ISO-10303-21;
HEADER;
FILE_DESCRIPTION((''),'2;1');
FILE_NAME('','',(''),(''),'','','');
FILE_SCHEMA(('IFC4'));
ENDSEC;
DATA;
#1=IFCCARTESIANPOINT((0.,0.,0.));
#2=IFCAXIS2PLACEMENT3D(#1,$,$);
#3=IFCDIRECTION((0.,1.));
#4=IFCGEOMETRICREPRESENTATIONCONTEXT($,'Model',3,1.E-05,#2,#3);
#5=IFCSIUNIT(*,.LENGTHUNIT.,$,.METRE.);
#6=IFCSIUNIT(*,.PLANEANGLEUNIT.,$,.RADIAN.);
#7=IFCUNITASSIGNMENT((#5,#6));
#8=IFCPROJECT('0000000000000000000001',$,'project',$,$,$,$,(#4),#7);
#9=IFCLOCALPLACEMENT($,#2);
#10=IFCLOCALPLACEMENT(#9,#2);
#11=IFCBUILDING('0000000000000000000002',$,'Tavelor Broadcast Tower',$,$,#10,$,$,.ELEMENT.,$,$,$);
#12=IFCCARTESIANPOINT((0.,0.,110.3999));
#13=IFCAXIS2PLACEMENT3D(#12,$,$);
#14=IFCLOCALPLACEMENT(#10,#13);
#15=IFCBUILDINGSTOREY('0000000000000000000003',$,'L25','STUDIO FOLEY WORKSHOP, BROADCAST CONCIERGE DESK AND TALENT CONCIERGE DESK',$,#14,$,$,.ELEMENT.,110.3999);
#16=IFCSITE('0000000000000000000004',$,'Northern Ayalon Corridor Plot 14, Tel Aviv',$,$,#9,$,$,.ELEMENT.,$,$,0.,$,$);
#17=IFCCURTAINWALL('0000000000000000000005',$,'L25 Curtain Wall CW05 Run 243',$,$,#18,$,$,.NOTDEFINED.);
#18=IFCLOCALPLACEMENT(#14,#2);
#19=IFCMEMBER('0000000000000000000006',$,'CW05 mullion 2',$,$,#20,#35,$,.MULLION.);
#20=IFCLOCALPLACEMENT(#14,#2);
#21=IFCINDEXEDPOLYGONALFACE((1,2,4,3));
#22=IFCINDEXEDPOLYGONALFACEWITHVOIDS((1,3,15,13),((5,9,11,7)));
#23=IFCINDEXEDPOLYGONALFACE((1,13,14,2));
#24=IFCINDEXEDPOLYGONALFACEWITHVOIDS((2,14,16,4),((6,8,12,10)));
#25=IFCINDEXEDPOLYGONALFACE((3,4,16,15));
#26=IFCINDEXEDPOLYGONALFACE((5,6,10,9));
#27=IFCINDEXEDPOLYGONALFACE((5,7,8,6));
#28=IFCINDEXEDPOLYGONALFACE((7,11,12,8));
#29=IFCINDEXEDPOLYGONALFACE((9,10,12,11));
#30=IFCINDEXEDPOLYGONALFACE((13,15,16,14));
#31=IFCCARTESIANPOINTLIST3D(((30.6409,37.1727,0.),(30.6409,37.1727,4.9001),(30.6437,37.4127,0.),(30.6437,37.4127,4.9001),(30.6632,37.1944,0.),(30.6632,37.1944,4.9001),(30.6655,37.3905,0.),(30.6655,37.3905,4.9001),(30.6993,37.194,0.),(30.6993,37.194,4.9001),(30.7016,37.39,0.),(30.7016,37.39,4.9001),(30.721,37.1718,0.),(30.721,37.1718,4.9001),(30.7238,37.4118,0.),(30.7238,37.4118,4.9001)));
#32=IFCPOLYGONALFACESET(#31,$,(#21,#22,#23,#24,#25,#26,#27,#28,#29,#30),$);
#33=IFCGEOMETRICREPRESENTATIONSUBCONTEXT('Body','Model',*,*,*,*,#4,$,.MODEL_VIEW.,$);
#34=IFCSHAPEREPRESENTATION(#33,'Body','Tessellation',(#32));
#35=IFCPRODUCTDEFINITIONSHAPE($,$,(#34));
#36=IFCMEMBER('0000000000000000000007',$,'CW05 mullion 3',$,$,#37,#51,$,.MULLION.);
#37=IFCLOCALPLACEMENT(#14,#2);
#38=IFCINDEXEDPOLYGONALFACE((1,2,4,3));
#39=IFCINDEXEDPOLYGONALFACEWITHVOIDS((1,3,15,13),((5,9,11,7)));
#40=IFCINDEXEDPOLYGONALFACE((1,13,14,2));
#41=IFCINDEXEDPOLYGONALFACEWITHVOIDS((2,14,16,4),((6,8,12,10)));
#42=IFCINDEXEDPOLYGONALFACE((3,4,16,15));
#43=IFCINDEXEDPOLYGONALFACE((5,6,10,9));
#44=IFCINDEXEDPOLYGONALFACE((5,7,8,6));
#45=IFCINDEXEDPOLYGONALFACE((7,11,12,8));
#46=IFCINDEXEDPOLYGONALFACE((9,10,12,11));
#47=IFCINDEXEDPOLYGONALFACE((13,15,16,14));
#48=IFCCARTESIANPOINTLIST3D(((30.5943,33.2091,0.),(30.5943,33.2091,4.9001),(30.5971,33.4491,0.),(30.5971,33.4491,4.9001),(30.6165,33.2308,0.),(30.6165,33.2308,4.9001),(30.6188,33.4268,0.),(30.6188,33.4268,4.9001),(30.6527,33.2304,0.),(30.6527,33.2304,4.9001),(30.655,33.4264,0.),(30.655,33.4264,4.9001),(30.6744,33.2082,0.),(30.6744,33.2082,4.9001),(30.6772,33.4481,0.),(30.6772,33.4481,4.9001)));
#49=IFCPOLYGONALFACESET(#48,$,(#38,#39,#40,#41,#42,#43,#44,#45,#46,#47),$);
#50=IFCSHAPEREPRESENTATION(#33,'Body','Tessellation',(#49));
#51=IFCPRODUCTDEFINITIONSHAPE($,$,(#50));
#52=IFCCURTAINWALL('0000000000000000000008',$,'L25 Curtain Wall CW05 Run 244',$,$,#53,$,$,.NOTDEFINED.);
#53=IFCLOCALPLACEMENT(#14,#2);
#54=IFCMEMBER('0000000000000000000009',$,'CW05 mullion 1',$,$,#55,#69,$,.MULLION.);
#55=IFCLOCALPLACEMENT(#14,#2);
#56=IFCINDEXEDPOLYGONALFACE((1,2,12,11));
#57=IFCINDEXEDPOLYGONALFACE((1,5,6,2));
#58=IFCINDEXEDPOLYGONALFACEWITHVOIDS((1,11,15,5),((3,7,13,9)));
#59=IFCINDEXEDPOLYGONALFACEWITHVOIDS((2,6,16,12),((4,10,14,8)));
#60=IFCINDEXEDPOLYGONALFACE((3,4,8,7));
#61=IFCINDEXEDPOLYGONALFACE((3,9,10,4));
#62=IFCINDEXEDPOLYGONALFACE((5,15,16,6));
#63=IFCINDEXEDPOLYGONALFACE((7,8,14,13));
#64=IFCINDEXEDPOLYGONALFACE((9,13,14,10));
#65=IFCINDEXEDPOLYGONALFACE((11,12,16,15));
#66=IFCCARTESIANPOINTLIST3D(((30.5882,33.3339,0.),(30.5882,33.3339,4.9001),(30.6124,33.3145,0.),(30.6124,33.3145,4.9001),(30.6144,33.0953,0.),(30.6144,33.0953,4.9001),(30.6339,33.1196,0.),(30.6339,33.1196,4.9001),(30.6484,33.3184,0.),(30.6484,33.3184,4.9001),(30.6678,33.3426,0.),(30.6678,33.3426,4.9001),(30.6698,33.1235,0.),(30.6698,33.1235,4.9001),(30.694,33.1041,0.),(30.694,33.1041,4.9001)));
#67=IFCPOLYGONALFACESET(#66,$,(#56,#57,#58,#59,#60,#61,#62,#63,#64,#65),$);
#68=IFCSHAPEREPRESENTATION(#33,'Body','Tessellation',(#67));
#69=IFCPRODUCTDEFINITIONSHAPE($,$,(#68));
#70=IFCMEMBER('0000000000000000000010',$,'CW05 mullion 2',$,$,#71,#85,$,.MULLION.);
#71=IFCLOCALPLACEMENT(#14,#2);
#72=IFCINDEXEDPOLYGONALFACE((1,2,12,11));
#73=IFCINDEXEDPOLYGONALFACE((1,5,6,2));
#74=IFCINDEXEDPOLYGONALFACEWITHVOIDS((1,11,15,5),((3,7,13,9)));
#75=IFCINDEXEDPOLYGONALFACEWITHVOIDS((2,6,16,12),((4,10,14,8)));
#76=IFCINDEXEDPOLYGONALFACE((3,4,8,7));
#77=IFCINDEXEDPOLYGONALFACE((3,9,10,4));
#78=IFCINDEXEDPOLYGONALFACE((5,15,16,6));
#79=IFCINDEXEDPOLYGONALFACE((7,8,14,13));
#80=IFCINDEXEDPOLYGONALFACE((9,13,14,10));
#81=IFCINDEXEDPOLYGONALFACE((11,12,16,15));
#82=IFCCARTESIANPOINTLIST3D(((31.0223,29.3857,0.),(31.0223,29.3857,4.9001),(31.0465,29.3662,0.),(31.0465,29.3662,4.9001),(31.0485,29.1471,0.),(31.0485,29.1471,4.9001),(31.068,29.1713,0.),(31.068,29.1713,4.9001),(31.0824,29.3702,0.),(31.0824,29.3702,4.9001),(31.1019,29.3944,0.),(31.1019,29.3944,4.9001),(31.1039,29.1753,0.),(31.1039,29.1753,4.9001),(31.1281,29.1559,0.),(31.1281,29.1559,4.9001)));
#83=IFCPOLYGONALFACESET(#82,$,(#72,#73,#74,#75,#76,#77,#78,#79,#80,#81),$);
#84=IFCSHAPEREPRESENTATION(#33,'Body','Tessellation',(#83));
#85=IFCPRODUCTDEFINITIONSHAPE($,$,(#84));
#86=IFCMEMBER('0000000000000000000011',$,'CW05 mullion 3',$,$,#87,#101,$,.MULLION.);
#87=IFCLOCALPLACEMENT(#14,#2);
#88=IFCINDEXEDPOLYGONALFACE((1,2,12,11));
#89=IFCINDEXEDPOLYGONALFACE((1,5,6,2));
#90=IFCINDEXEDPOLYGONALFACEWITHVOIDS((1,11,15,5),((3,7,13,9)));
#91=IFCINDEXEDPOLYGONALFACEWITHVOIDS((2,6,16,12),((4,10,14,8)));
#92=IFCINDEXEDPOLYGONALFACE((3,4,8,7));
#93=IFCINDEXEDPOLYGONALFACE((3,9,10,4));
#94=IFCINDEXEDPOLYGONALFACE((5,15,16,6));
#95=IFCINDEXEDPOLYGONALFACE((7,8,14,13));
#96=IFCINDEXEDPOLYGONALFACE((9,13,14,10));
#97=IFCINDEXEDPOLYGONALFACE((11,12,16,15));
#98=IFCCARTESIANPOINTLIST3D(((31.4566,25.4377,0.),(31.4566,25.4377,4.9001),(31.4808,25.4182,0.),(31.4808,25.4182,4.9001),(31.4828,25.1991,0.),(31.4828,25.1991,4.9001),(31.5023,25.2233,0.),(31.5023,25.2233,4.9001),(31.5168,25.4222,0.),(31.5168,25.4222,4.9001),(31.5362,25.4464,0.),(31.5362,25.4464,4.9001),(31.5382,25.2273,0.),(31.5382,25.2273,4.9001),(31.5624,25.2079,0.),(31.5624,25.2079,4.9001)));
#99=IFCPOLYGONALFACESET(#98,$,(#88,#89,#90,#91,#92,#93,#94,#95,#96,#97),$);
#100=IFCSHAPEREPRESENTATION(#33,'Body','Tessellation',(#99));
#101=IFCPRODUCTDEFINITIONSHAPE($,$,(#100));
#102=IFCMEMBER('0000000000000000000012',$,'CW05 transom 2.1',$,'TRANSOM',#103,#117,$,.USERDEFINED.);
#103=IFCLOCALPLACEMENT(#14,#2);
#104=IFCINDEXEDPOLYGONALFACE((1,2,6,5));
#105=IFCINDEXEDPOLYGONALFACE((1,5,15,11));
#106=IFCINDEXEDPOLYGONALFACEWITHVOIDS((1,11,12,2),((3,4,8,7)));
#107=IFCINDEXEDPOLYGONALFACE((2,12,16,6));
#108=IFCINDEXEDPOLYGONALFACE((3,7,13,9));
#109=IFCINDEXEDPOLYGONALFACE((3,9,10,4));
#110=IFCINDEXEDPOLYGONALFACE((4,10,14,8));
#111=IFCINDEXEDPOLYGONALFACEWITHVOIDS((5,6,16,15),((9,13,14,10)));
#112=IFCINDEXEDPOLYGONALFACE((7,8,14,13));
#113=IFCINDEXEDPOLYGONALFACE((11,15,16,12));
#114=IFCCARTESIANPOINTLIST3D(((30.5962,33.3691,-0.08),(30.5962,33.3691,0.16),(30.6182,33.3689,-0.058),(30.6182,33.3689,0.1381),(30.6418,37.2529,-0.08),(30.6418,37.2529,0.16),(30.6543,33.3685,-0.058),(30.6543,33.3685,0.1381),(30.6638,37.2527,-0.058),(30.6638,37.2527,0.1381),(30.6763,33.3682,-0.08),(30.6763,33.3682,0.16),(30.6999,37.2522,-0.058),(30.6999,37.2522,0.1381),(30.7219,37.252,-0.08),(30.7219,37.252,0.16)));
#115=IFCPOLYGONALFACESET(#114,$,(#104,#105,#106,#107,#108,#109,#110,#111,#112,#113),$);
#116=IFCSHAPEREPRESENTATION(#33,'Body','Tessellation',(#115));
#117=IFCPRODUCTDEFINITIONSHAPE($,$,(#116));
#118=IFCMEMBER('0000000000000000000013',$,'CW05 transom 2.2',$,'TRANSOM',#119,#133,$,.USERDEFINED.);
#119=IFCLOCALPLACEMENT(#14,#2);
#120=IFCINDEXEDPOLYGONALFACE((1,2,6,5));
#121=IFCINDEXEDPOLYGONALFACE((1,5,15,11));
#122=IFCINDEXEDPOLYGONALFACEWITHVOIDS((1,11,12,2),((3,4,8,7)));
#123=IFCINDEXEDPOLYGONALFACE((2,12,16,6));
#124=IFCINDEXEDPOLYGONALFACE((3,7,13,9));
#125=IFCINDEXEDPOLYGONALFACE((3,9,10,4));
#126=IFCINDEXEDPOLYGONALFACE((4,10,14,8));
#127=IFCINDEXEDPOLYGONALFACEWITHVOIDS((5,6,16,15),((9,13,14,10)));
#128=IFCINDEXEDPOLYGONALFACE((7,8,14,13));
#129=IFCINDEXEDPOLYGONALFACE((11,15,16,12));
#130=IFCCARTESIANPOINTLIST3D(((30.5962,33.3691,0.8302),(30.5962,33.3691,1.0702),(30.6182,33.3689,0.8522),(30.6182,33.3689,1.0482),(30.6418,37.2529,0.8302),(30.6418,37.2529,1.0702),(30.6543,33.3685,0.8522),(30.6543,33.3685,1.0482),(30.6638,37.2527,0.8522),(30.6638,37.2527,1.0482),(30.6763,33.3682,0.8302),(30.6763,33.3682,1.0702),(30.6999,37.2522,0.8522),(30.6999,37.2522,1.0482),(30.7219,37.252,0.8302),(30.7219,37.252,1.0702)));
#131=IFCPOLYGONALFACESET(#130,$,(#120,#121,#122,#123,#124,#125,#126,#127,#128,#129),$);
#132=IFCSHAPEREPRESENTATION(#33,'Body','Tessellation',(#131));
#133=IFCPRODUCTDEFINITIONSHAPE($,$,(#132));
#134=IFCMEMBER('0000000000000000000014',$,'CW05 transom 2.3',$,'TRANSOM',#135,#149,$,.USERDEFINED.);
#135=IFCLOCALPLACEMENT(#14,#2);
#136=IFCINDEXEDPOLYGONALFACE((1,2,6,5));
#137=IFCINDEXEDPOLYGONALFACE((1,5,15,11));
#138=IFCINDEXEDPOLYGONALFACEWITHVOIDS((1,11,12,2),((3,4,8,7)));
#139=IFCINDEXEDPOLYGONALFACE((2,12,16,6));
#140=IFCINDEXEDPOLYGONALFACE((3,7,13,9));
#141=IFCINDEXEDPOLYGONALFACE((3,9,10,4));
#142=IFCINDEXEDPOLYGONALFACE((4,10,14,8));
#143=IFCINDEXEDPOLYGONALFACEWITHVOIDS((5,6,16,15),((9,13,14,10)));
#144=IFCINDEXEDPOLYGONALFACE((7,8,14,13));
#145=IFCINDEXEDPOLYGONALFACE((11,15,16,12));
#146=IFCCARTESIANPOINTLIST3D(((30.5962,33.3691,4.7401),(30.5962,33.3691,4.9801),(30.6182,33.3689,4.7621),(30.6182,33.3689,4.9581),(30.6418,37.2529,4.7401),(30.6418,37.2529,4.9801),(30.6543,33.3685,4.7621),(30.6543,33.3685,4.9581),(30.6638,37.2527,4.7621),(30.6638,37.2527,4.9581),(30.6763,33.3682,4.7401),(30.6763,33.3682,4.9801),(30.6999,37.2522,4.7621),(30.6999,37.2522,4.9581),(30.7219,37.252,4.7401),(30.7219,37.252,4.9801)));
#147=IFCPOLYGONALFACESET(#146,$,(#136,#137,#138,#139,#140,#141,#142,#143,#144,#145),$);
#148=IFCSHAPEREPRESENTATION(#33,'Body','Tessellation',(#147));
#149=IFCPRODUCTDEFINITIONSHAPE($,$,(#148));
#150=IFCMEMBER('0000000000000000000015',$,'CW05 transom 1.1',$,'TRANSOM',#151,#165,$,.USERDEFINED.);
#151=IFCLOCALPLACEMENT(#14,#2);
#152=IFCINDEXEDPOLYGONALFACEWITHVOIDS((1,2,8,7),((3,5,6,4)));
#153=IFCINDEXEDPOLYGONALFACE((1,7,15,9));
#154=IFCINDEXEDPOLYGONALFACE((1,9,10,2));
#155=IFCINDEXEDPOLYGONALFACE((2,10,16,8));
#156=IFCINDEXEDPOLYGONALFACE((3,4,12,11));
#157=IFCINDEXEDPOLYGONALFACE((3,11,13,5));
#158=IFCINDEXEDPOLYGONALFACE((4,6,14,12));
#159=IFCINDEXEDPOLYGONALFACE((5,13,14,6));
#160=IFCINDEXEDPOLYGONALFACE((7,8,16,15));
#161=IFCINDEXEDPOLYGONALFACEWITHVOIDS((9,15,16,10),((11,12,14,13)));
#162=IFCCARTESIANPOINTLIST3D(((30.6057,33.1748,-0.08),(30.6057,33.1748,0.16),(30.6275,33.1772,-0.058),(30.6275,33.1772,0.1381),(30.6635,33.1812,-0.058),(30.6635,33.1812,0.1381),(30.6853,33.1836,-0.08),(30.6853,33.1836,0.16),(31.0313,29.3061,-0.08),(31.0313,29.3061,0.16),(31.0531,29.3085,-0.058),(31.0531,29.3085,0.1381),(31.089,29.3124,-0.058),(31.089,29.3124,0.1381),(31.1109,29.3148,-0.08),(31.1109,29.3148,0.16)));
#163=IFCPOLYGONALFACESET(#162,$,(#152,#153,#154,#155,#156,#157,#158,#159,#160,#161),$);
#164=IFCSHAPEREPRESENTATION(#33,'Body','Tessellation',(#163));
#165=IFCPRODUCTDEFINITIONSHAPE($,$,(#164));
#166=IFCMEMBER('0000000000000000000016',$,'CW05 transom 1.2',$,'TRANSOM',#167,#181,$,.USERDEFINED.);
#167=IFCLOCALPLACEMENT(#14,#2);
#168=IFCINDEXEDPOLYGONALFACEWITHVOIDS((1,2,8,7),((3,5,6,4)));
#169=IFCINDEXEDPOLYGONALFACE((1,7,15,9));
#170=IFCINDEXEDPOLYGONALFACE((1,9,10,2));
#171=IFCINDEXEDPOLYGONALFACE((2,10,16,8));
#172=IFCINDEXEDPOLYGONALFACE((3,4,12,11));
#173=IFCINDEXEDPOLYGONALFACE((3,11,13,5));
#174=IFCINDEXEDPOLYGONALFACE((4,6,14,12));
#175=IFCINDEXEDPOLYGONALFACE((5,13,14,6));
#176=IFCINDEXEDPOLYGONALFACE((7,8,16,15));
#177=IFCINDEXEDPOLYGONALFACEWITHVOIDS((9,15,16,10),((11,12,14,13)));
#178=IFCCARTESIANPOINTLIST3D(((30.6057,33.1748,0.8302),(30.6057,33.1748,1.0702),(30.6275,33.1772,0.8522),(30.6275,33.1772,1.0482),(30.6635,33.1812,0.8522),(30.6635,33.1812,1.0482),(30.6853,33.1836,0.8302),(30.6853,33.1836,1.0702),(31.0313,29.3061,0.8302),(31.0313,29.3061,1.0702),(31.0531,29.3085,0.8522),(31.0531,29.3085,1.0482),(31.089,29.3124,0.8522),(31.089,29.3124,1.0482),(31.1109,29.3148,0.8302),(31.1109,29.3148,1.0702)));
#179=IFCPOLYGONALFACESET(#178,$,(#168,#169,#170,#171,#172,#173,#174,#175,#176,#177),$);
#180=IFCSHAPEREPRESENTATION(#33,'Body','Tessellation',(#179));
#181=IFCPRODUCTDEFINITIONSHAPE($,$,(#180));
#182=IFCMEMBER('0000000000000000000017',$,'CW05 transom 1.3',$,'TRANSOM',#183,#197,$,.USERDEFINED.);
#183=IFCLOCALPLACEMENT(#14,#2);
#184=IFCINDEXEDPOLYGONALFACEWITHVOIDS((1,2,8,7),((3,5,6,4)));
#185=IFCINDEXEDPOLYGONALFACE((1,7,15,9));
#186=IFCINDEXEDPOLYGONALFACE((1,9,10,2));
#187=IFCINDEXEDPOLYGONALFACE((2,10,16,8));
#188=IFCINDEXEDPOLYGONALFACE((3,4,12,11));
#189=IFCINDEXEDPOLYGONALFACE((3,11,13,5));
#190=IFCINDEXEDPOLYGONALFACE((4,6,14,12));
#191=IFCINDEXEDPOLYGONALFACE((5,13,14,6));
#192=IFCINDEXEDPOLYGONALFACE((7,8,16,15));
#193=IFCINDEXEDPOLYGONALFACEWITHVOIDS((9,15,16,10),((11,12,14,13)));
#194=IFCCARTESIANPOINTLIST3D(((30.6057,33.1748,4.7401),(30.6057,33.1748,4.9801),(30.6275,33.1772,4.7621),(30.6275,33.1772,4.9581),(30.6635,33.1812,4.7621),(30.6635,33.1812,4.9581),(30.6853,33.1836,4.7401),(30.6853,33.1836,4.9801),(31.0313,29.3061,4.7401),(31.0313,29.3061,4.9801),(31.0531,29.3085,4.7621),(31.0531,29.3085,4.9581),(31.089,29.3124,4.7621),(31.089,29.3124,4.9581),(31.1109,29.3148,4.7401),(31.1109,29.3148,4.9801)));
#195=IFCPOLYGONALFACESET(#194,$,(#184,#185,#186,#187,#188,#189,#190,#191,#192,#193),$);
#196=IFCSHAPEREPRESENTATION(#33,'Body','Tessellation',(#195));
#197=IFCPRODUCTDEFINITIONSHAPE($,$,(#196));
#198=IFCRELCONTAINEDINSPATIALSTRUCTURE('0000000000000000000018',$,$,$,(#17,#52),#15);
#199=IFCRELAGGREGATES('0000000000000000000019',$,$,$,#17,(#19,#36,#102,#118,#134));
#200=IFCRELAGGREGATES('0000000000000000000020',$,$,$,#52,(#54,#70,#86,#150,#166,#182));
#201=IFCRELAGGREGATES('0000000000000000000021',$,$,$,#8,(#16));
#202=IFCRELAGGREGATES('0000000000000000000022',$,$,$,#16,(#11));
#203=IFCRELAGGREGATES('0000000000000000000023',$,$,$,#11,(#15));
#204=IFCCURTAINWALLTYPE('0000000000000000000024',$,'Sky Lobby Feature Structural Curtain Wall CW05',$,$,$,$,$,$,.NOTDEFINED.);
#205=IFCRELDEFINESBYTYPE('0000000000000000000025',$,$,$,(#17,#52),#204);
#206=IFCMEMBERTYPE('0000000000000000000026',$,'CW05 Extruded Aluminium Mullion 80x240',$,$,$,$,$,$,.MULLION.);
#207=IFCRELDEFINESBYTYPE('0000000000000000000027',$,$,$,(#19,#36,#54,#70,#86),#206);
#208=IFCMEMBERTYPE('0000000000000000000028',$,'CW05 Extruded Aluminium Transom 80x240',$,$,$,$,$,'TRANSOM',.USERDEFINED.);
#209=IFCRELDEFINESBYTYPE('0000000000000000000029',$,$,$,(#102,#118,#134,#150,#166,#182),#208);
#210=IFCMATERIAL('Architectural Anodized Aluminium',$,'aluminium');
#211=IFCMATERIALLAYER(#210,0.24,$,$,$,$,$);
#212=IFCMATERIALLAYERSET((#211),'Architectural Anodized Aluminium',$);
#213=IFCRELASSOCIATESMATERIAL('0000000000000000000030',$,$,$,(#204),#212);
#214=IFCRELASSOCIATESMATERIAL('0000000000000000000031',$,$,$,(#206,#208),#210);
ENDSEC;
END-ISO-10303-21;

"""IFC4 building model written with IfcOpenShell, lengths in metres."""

from ifc_helpers import new_model, si_unit, direction, frame, origin, origin_2d, place, context, subcontext, project, spatial, hollow_rectangle, extrude, source, transform, mapped, material, layer, layer_set, material_profile, profile_set, type_object, type_shapes, element, aggregate, save


model = new_model("IFC4")

# Units and contexts
model_context = context("Model", 3, precision=1e-05, world=origin(), true_north=direction((0.0, 1.0)))
body_context = subcontext(model_context, "Body", "Model", "MODEL_VIEW")
ifc_project = project(units=[si_unit("LENGTHUNIT", "METRE"), si_unit("PLANEANGLEUNIT", "RADIAN")], contexts=[model_context])

# Site, building, storey
site_placement = place(None, origin())
site = spatial("IfcSite", under=ifc_project, at=site_placement, Name="Northern Ayalon Corridor Plot 14, Tel Aviv", CompositionType="ELEMENT", RefElevation=0.0)
building_placement = place(site_placement, origin())
building = spatial("IfcBuilding", under=site, at=building_placement, Name="Tavelor Broadcast Tower", CompositionType="ELEMENT")
storey_placement = place(building_placement, frame((0.0, 0.0, 110.3999)))
storey = spatial("IfcBuildingStorey", under=building, at=storey_placement, Name="L25", Description="STUDIO FOLEY WORKSHOP, BROADCAST CONCIERGE DESK AND TALENT CONCIERGE DESK", CompositionType="ELEMENT", Elevation=110.3999)

# Curtain walls, members
ifc_material_1 = material(Name="Architectural Anodized Aluminium", Category="aluminium")
ifc_layer_1 = layer(ifc_material_1, 0.24)
ifc_layer_set_1 = layer_set([ifc_layer_1], Name="Architectural Anodized Aluminium")
curtain_wall_type = type_object("IfcCurtainWallType", Name="Sky Lobby Feature Structural Curtain Wall CW05", PredefinedType="NOTDEFINED", material=ifc_layer_set_1)
curtain_wall_1_placement = place(storey_placement, origin())
curtain_wall_1 = element("IfcCurtainWall", 1, at=curtain_wall_1_placement, inside=storey, type_object=curtain_wall_type, Name="L25 Curtain Wall CW05 Run 243", PredefinedType="NOTDEFINED")
ifc_material_profile_1 = material_profile(ifc_material_1, hollow_rectangle(XDim=0.0801, YDim=0.24, WallThickness=0.022, at=origin_2d()), Name="RHS 80x240x22")
ifc_profile_set_1 = profile_set([ifc_material_profile_1], Name="Architectural Anodized Aluminium")
member_type_1 = type_object("IfcMemberType", Name="CW05 Extruded Aluminium Mullion 80x240", PredefinedType="MULLION", material=ifc_profile_set_1)
shared_shape_1 = source(origin(), body_context, "Body", "SweptSolid", [
    extrude(hollow_rectangle(XDim=0.0801, YDim=0.24, WallThickness=0.022, at=origin_2d()), origin(), (0.0, 0.0, 1.0), 4.9001),
])
type_shapes(member_type_1, [shared_shape_1])
member_1_placement = place(storey_placement, frame((30.6824, 37.2922, 0.0), z_axis=(0.0, 0.0, 1.0), x_axis=(0.999931, -0.011763, 0.0)))
member_1 = element("IfcMember", 2, at=member_1_placement, type_object=member_type_1, Name="CW05 mullion 2", PredefinedType="MULLION", context=body_context, shape_type="MappedRepresentation", body=[
    mapped(shared_shape_1, transform((0.0, 0.0, 0.0), scale=1.0)),
])
member_2_placement = place(storey_placement, frame((30.6357, 33.3286, 0.0), z_axis=(0.0, 0.0, 1.0), x_axis=(0.999931, -0.011763, 0.0)))
member_2 = element("IfcMember", 3, at=member_2_placement, type_object=member_type_1, Name="CW05 mullion 3", PredefinedType="MULLION", context=body_context, shape_type="MappedRepresentation", body=[
    mapped(shared_shape_1, transform((0.0, 0.0, 0.0), scale=1.0)),
])
curtain_wall_2_placement = place(storey_placement, origin())
curtain_wall_2 = element("IfcCurtainWall", 4, at=curtain_wall_2_placement, inside=storey, type_object=curtain_wall_type, Name="L25 Curtain Wall CW05 Run 244", PredefinedType="NOTDEFINED")
member_3_placement = place(storey_placement, frame((30.6411, 33.219, 0.0), z_axis=(0.0, 0.0, 1.0), x_axis=(0.994006, 0.109325, 0.0)))
member_3 = element("IfcMember", 5, at=member_3_placement, type_object=member_type_1, Name="CW05 mullion 1", PredefinedType="MULLION", context=body_context, shape_type="MappedRepresentation", body=[
    mapped(shared_shape_1, transform((0.0, 0.0, 0.0), scale=1.0)),
])
member_4_placement = place(storey_placement, frame((31.0752, 29.2708, 0.0), z_axis=(0.0, 0.0, 1.0), x_axis=(0.994006, 0.109325, 0.0)))
member_4 = element("IfcMember", 6, at=member_4_placement, type_object=member_type_1, Name="CW05 mullion 2", PredefinedType="MULLION", context=body_context, shape_type="MappedRepresentation", body=[
    mapped(shared_shape_1, transform((0.0, 0.0, 0.0), scale=1.0)),
])
member_5_placement = place(storey_placement, frame((31.5095, 25.3228, 0.0), z_axis=(0.0, 0.0, 1.0), x_axis=(0.994006, 0.109325, 0.0)))
member_5 = element("IfcMember", 7, at=member_5_placement, type_object=member_type_1, Name="CW05 mullion 3", PredefinedType="MULLION", context=body_context, shape_type="MappedRepresentation", body=[
    mapped(shared_shape_1, transform((0.0, 0.0, 0.0), scale=1.0)),
])

# Members
ifc_material_profile_2 = material_profile(ifc_material_1, hollow_rectangle(XDim=0.0801, YDim=0.24, WallThickness=0.022, at=origin_2d()), Name="RHS 80x240x22")
ifc_profile_set_2 = profile_set([ifc_material_profile_2], Name="Architectural Anodized Aluminium")
member_type_2 = type_object("IfcMemberType", Name="CW05 Extruded Aluminium Transom 80x240", ElementType="TRANSOM", PredefinedType="USERDEFINED", material=ifc_profile_set_2)
shared_shape_2 = source(origin(), body_context, "Body", "SweptSolid", [
    extrude(hollow_rectangle(XDim=0.0801, YDim=0.24, WallThickness=0.022, at=origin_2d()), origin(), (0.0, 0.0, 1.0), 3.884),
])
member_6_placement = place(storey_placement, frame((30.6819, 37.2524, 0.04), z_axis=(-0.011754, -0.999931, 0.0), x_axis=(0.999931, -0.011754, 0.0)))
member_6 = element("IfcMember", 8, at=member_6_placement, type_object=member_type_2, Name="CW05 transom 2.1", ObjectType="TRANSOM", PredefinedType="USERDEFINED", context=body_context, shape_type="MappedRepresentation", body=[
    mapped(shared_shape_2, transform((0.0, 0.0, 0.0), scale=1.0)),
])
member_7_placement = place(storey_placement, frame((30.6819, 37.2524, 0.9502), z_axis=(-0.011754, -0.999931, 0.0), x_axis=(0.999931, -0.011754, 0.0)))
member_7 = element("IfcMember", 9, at=member_7_placement, type_object=member_type_2, Name="CW05 transom 2.2", ObjectType="TRANSOM", PredefinedType="USERDEFINED", context=body_context, shape_type="MappedRepresentation", body=[
    mapped(shared_shape_2, transform((0.0, 0.0, 0.0), scale=1.0)),
])
member_8_placement = place(storey_placement, frame((30.6819, 37.2524, 4.8601), z_axis=(-0.011754, -0.999931, 0.0), x_axis=(0.999931, -0.011754, 0.0)))
member_8 = element("IfcMember", 10, at=member_8_placement, type_object=member_type_2, Name="CW05 transom 2.3", ObjectType="TRANSOM", PredefinedType="USERDEFINED", context=body_context, shape_type="MappedRepresentation", body=[
    mapped(shared_shape_2, transform((0.0, 0.0, 0.0), scale=1.0)),
])
shared_shape_3 = source(origin(), body_context, "Body", "SweptSolid", [
    extrude(hollow_rectangle(XDim=0.0801, YDim=0.24, WallThickness=0.022, at=origin_2d()), origin(), (0.0, 0.0, 1.0), 3.8921),
])
type_shapes(member_type_2, [shared_shape_2, shared_shape_3])
member_9_placement = place(storey_placement, frame((30.6455, 33.1792, 0.04), z_axis=(0.109337, -0.994005, 0.0), x_axis=(0.994005, 0.109337, 0.0)))
member_9 = element("IfcMember", 11, at=member_9_placement, type_object=member_type_2, Name="CW05 transom 1.1", ObjectType="TRANSOM", PredefinedType="USERDEFINED", context=body_context, shape_type="MappedRepresentation", body=[
    mapped(shared_shape_3, transform((0.0, 0.0, 0.0), scale=1.0)),
])
member_10_placement = place(storey_placement, frame((30.6455, 33.1792, 0.9502), z_axis=(0.109337, -0.994005, 0.0), x_axis=(0.994005, 0.109337, 0.0)))
member_10 = element("IfcMember", 12, at=member_10_placement, type_object=member_type_2, Name="CW05 transom 1.2", ObjectType="TRANSOM", PredefinedType="USERDEFINED", context=body_context, shape_type="MappedRepresentation", body=[
    mapped(shared_shape_3, transform((0.0, 0.0, 0.0), scale=1.0)),
])
member_11_placement = place(storey_placement, frame((30.6455, 33.1792, 4.8601), z_axis=(0.109337, -0.994005, 0.0), x_axis=(0.994005, 0.109337, 0.0)))
member_11 = element("IfcMember", 13, at=member_11_placement, type_object=member_type_2, Name="CW05 transom 1.3", ObjectType="TRANSOM", PredefinedType="USERDEFINED", context=body_context, shape_type="MappedRepresentation", body=[
    mapped(shared_shape_3, transform((0.0, 0.0, 0.0), scale=1.0)),
])

aggregate(curtain_wall_1, [member_1, member_2, member_6, member_7, member_8])
aggregate(curtain_wall_2, [member_3, member_4, member_5, member_9, member_10, member_11])

save(model, "model.ifc")
